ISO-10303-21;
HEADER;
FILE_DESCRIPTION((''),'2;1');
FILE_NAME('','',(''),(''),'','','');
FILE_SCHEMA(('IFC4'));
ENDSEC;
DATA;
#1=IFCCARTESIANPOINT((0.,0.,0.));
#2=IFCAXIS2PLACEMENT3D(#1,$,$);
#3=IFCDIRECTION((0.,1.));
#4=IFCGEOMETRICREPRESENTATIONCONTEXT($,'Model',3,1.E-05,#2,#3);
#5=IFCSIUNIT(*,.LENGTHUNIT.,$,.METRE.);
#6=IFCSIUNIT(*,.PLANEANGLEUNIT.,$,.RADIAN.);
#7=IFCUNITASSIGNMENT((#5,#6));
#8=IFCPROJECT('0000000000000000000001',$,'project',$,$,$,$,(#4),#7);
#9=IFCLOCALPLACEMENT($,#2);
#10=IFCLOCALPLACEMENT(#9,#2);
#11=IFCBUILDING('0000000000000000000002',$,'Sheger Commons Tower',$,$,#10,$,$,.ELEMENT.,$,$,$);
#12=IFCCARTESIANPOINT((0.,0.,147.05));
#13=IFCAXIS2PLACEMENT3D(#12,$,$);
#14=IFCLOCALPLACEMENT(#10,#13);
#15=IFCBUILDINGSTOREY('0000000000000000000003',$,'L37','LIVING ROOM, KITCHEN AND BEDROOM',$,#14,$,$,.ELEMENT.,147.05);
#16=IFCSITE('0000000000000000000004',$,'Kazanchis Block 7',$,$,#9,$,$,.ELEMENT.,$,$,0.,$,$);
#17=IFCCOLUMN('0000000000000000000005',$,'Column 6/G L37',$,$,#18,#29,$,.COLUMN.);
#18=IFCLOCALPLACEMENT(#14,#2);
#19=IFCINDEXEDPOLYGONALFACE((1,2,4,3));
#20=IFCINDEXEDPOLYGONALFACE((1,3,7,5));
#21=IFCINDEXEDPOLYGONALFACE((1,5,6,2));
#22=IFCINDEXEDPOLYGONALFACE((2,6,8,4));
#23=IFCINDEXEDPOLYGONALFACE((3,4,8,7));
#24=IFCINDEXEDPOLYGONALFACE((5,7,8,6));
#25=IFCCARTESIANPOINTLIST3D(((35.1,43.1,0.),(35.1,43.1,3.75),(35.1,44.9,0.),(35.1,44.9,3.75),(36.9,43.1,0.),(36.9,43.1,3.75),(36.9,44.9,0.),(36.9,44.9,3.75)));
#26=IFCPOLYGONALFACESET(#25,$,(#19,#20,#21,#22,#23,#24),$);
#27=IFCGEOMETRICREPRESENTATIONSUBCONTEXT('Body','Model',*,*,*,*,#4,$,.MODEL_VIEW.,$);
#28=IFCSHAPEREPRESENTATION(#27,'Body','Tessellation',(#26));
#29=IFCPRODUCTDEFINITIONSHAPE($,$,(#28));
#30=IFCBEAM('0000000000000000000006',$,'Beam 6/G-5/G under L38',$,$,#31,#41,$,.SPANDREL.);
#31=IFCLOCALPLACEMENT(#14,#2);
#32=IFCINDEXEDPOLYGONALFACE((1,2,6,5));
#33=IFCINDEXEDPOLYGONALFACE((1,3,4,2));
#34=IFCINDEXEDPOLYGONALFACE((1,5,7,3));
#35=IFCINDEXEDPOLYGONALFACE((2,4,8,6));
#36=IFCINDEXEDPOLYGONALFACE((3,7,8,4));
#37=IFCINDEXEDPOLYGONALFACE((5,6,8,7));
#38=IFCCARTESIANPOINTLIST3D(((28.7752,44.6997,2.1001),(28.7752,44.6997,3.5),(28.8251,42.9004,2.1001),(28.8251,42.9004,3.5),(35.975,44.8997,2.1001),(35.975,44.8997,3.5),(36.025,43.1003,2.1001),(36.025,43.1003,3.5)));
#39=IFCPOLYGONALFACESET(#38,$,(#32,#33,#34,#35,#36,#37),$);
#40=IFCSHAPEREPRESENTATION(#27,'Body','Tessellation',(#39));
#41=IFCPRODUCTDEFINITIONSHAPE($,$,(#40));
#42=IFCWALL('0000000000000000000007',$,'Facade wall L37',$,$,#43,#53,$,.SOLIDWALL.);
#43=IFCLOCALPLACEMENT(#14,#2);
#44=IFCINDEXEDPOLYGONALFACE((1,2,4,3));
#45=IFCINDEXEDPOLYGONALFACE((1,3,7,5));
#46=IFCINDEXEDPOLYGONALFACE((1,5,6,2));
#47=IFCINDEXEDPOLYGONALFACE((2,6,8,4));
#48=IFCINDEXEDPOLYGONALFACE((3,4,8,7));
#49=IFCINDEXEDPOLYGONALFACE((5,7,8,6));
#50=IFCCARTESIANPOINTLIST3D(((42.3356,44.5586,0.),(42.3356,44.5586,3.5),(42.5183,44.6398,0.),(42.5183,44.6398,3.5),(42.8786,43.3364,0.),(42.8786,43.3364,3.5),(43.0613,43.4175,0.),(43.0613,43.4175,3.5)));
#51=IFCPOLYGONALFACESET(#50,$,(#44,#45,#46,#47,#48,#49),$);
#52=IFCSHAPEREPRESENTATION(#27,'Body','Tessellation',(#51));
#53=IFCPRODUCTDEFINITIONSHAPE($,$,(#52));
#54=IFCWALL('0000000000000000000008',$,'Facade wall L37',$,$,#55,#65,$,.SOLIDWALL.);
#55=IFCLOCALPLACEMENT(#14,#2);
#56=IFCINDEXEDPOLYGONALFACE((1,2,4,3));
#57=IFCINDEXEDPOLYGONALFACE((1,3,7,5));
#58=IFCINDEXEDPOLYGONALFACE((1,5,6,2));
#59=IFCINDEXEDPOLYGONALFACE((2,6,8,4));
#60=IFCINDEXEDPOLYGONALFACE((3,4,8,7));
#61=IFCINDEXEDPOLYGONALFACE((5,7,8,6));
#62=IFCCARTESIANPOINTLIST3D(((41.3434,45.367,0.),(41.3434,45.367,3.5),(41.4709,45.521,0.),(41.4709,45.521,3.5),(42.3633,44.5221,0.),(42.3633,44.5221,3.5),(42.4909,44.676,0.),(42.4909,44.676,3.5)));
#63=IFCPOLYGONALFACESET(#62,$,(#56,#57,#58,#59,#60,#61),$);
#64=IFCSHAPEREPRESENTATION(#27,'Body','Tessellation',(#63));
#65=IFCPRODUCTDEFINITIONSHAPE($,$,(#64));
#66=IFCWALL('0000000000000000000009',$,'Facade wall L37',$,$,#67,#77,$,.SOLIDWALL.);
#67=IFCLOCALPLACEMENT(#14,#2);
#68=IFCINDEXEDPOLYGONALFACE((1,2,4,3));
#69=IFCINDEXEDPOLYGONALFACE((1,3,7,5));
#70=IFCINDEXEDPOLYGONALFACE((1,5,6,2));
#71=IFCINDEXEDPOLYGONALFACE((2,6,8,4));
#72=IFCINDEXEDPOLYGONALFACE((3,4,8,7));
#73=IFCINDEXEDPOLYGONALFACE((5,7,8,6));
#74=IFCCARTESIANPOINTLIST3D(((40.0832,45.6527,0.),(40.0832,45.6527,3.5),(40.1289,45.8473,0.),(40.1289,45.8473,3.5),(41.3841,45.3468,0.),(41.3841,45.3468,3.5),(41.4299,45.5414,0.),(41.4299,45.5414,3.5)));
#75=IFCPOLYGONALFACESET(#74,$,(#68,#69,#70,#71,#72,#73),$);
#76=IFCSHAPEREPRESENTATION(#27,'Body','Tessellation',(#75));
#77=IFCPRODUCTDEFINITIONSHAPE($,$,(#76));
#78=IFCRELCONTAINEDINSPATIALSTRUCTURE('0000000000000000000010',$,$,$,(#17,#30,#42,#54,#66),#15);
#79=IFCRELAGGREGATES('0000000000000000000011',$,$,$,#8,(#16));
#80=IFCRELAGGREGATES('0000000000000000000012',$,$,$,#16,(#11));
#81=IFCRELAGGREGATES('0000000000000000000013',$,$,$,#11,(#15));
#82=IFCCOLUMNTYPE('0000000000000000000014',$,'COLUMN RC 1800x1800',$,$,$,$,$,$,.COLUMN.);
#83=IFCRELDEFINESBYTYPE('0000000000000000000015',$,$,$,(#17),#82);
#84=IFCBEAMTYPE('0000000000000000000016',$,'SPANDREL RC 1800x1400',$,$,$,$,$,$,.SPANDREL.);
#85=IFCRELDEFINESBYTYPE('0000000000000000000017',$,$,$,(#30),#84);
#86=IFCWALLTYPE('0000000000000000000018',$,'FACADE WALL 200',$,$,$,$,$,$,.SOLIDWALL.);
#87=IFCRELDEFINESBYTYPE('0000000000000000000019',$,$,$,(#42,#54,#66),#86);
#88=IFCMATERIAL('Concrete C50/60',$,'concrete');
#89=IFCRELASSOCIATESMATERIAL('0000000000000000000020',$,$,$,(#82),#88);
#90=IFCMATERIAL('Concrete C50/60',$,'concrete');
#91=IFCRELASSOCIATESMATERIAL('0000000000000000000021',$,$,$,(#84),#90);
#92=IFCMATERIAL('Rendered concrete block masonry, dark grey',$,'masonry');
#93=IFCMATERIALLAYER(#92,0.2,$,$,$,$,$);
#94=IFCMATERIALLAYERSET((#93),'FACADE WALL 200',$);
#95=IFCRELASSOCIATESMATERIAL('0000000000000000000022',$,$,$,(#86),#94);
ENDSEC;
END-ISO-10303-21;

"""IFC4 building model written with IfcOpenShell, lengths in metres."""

from ifc_helpers import new_model, si_unit, direction, frame, frame_2d, origin, origin_2d, place, context, subcontext, project, spatial, rectangle, extrude, material, layer, layer_set, material_profile, profile_set, type_object, element, save


model = new_model("IFC4")

# Units and contexts
model_context = context("Model", 3, precision=1e-05, world=origin(), true_north=direction((0.0, 1.0)))
body_context = subcontext(model_context, "Body", "Model", "MODEL_VIEW")
ifc_project = project(units=[si_unit("LENGTHUNIT", "METRE"), si_unit("PLANEANGLEUNIT", "RADIAN")], contexts=[model_context])

# Site, building, storey
site_placement = place(None, origin())
site = spatial("IfcSite", under=ifc_project, at=site_placement, Name="Kazanchis Block 7", CompositionType="ELEMENT", RefElevation=0.0)
building_placement = place(site_placement, origin())
building = spatial("IfcBuilding", under=site, at=building_placement, Name="Sheger Commons Tower", CompositionType="ELEMENT")
storey_placement = place(building_placement, frame((0.0, 0.0, 147.05)))
storey = spatial("IfcBuildingStorey", under=building, at=storey_placement, Name="L37", Description="LIVING ROOM, KITCHEN AND BEDROOM", CompositionType="ELEMENT", Elevation=147.05)

# Column
ifc_material_1 = material(Name="Concrete C50/60", Category="concrete")
ifc_material_profile_1 = material_profile(ifc_material_1, rectangle(XDim=1.8, YDim=1.8, at=origin_2d()), Name="RC 1800x1800")
ifc_profile_set_1 = profile_set([ifc_material_profile_1], Name="Concrete C50/60")
column_type = type_object("IfcColumnType", Name="COLUMN RC 1800x1800", PredefinedType="COLUMN", material=ifc_profile_set_1)
column_placement = place(storey_placement, frame((36.0, 44.0, 0.0), z_axis=(0.0, 0.0, 1.0), x_axis=(1.0, 0.0, 0.0)))
element("IfcColumn", 1, at=column_placement, inside=storey, type_object=column_type, Name="Column 6/G L37", PredefinedType="COLUMN", context=body_context, shape_type="SweptSolid", body=[
    extrude(rectangle(XDim=1.8, YDim=1.8, at=origin_2d()), origin(), (0.0, 0.0, 1.0), 3.75),
])

# Beam
ifc_material_2 = material(Name="Concrete C50/60", Category="concrete")
ifc_material_profile_2 = material_profile(ifc_material_2, rectangle(XDim=1.8, YDim=1.3999, at=origin_2d()), Name="RC 1800x1400")
ifc_profile_set_2 = profile_set([ifc_material_profile_2], Name="Concrete C50/60")
beam_type = type_object("IfcBeamType", Name="SPANDREL RC 1800x1400", PredefinedType="SPANDREL", material=ifc_profile_set_2)
beam_placement = place(storey_placement, frame((36.0, 44.0, 2.8), z_axis=(-0.999615, -0.02776, 0.0), x_axis=(0.02776, -0.999615, 0.0)))
element("IfcBeam", 2, at=beam_placement, inside=storey, type_object=beam_type, Name="Beam 6/G-5/G under L38", PredefinedType="SPANDREL", context=body_context, shape_type="SweptSolid", body=[
    extrude(rectangle(XDim=1.8, YDim=1.3999, at=origin_2d()), origin(), (0.0, 0.0, 1.0), 7.2026),
])

# Walls
ifc_material_3 = material(Name="Rendered concrete block masonry, dark grey", Category="masonry")
ifc_layer_1 = layer(ifc_material_3, 0.2)
ifc_layer_set_1 = layer_set([ifc_layer_1], Name="FACADE WALL 200")
wall_type_1 = type_object("IfcWallType", Name="FACADE WALL 200", PredefinedType="SOLIDWALL", material=ifc_layer_set_1)
wall_1_placement = place(storey_placement, frame((42.97, 43.377, 0.0), z_axis=(0.0, 0.0, 1.0), x_axis=(-0.406003, 0.913872, 0.0)))
element("IfcWall", 3, at=wall_1_placement, inside=storey, type_object=wall_type_1, Name="Facade wall L37", PredefinedType="SOLIDWALL", context=body_context, shape_type="SweptSolid", body=[
    extrude(rectangle(XDim=1.3374, YDim=0.2, at=frame_2d((0.6687, 0.0))), origin(), (0.0, 0.0, 1.0), 3.5),
])
wall_2_placement = place(storey_placement, frame((42.427, 44.5991, 0.0), z_axis=(0.0, 0.0, 1.0), x_axis=(-0.770091, 0.637934, 0.0)))
element("IfcWall", 4, at=wall_2_placement, inside=storey, type_object=wall_type_1, Name="Facade wall L37", PredefinedType="SOLIDWALL", context=body_context, shape_type="SweptSolid", body=[
    extrude(rectangle(XDim=1.3245, YDim=0.2, at=frame_2d((0.6621, 0.0))), origin(), (0.0, 0.0, 1.0), 3.5),
])
wall_3_placement = place(storey_placement, frame((41.407, 45.4441, 0.0), z_axis=(0.0, 0.0, 1.0), x_axis=(-0.973453, 0.228887, 0.0)))
element("IfcWall", 5, at=wall_3_placement, inside=storey, type_object=wall_type_1, Name="Facade wall L37", PredefinedType="SOLIDWALL", context=body_context, shape_type="SweptSolid", body=[
    extrude(rectangle(XDim=1.3364, YDim=0.2, at=frame_2d((0.6682, 0.0))), origin(), (0.0, 0.0, 1.0), 3.5),
])

save(model, "model.ifc")
